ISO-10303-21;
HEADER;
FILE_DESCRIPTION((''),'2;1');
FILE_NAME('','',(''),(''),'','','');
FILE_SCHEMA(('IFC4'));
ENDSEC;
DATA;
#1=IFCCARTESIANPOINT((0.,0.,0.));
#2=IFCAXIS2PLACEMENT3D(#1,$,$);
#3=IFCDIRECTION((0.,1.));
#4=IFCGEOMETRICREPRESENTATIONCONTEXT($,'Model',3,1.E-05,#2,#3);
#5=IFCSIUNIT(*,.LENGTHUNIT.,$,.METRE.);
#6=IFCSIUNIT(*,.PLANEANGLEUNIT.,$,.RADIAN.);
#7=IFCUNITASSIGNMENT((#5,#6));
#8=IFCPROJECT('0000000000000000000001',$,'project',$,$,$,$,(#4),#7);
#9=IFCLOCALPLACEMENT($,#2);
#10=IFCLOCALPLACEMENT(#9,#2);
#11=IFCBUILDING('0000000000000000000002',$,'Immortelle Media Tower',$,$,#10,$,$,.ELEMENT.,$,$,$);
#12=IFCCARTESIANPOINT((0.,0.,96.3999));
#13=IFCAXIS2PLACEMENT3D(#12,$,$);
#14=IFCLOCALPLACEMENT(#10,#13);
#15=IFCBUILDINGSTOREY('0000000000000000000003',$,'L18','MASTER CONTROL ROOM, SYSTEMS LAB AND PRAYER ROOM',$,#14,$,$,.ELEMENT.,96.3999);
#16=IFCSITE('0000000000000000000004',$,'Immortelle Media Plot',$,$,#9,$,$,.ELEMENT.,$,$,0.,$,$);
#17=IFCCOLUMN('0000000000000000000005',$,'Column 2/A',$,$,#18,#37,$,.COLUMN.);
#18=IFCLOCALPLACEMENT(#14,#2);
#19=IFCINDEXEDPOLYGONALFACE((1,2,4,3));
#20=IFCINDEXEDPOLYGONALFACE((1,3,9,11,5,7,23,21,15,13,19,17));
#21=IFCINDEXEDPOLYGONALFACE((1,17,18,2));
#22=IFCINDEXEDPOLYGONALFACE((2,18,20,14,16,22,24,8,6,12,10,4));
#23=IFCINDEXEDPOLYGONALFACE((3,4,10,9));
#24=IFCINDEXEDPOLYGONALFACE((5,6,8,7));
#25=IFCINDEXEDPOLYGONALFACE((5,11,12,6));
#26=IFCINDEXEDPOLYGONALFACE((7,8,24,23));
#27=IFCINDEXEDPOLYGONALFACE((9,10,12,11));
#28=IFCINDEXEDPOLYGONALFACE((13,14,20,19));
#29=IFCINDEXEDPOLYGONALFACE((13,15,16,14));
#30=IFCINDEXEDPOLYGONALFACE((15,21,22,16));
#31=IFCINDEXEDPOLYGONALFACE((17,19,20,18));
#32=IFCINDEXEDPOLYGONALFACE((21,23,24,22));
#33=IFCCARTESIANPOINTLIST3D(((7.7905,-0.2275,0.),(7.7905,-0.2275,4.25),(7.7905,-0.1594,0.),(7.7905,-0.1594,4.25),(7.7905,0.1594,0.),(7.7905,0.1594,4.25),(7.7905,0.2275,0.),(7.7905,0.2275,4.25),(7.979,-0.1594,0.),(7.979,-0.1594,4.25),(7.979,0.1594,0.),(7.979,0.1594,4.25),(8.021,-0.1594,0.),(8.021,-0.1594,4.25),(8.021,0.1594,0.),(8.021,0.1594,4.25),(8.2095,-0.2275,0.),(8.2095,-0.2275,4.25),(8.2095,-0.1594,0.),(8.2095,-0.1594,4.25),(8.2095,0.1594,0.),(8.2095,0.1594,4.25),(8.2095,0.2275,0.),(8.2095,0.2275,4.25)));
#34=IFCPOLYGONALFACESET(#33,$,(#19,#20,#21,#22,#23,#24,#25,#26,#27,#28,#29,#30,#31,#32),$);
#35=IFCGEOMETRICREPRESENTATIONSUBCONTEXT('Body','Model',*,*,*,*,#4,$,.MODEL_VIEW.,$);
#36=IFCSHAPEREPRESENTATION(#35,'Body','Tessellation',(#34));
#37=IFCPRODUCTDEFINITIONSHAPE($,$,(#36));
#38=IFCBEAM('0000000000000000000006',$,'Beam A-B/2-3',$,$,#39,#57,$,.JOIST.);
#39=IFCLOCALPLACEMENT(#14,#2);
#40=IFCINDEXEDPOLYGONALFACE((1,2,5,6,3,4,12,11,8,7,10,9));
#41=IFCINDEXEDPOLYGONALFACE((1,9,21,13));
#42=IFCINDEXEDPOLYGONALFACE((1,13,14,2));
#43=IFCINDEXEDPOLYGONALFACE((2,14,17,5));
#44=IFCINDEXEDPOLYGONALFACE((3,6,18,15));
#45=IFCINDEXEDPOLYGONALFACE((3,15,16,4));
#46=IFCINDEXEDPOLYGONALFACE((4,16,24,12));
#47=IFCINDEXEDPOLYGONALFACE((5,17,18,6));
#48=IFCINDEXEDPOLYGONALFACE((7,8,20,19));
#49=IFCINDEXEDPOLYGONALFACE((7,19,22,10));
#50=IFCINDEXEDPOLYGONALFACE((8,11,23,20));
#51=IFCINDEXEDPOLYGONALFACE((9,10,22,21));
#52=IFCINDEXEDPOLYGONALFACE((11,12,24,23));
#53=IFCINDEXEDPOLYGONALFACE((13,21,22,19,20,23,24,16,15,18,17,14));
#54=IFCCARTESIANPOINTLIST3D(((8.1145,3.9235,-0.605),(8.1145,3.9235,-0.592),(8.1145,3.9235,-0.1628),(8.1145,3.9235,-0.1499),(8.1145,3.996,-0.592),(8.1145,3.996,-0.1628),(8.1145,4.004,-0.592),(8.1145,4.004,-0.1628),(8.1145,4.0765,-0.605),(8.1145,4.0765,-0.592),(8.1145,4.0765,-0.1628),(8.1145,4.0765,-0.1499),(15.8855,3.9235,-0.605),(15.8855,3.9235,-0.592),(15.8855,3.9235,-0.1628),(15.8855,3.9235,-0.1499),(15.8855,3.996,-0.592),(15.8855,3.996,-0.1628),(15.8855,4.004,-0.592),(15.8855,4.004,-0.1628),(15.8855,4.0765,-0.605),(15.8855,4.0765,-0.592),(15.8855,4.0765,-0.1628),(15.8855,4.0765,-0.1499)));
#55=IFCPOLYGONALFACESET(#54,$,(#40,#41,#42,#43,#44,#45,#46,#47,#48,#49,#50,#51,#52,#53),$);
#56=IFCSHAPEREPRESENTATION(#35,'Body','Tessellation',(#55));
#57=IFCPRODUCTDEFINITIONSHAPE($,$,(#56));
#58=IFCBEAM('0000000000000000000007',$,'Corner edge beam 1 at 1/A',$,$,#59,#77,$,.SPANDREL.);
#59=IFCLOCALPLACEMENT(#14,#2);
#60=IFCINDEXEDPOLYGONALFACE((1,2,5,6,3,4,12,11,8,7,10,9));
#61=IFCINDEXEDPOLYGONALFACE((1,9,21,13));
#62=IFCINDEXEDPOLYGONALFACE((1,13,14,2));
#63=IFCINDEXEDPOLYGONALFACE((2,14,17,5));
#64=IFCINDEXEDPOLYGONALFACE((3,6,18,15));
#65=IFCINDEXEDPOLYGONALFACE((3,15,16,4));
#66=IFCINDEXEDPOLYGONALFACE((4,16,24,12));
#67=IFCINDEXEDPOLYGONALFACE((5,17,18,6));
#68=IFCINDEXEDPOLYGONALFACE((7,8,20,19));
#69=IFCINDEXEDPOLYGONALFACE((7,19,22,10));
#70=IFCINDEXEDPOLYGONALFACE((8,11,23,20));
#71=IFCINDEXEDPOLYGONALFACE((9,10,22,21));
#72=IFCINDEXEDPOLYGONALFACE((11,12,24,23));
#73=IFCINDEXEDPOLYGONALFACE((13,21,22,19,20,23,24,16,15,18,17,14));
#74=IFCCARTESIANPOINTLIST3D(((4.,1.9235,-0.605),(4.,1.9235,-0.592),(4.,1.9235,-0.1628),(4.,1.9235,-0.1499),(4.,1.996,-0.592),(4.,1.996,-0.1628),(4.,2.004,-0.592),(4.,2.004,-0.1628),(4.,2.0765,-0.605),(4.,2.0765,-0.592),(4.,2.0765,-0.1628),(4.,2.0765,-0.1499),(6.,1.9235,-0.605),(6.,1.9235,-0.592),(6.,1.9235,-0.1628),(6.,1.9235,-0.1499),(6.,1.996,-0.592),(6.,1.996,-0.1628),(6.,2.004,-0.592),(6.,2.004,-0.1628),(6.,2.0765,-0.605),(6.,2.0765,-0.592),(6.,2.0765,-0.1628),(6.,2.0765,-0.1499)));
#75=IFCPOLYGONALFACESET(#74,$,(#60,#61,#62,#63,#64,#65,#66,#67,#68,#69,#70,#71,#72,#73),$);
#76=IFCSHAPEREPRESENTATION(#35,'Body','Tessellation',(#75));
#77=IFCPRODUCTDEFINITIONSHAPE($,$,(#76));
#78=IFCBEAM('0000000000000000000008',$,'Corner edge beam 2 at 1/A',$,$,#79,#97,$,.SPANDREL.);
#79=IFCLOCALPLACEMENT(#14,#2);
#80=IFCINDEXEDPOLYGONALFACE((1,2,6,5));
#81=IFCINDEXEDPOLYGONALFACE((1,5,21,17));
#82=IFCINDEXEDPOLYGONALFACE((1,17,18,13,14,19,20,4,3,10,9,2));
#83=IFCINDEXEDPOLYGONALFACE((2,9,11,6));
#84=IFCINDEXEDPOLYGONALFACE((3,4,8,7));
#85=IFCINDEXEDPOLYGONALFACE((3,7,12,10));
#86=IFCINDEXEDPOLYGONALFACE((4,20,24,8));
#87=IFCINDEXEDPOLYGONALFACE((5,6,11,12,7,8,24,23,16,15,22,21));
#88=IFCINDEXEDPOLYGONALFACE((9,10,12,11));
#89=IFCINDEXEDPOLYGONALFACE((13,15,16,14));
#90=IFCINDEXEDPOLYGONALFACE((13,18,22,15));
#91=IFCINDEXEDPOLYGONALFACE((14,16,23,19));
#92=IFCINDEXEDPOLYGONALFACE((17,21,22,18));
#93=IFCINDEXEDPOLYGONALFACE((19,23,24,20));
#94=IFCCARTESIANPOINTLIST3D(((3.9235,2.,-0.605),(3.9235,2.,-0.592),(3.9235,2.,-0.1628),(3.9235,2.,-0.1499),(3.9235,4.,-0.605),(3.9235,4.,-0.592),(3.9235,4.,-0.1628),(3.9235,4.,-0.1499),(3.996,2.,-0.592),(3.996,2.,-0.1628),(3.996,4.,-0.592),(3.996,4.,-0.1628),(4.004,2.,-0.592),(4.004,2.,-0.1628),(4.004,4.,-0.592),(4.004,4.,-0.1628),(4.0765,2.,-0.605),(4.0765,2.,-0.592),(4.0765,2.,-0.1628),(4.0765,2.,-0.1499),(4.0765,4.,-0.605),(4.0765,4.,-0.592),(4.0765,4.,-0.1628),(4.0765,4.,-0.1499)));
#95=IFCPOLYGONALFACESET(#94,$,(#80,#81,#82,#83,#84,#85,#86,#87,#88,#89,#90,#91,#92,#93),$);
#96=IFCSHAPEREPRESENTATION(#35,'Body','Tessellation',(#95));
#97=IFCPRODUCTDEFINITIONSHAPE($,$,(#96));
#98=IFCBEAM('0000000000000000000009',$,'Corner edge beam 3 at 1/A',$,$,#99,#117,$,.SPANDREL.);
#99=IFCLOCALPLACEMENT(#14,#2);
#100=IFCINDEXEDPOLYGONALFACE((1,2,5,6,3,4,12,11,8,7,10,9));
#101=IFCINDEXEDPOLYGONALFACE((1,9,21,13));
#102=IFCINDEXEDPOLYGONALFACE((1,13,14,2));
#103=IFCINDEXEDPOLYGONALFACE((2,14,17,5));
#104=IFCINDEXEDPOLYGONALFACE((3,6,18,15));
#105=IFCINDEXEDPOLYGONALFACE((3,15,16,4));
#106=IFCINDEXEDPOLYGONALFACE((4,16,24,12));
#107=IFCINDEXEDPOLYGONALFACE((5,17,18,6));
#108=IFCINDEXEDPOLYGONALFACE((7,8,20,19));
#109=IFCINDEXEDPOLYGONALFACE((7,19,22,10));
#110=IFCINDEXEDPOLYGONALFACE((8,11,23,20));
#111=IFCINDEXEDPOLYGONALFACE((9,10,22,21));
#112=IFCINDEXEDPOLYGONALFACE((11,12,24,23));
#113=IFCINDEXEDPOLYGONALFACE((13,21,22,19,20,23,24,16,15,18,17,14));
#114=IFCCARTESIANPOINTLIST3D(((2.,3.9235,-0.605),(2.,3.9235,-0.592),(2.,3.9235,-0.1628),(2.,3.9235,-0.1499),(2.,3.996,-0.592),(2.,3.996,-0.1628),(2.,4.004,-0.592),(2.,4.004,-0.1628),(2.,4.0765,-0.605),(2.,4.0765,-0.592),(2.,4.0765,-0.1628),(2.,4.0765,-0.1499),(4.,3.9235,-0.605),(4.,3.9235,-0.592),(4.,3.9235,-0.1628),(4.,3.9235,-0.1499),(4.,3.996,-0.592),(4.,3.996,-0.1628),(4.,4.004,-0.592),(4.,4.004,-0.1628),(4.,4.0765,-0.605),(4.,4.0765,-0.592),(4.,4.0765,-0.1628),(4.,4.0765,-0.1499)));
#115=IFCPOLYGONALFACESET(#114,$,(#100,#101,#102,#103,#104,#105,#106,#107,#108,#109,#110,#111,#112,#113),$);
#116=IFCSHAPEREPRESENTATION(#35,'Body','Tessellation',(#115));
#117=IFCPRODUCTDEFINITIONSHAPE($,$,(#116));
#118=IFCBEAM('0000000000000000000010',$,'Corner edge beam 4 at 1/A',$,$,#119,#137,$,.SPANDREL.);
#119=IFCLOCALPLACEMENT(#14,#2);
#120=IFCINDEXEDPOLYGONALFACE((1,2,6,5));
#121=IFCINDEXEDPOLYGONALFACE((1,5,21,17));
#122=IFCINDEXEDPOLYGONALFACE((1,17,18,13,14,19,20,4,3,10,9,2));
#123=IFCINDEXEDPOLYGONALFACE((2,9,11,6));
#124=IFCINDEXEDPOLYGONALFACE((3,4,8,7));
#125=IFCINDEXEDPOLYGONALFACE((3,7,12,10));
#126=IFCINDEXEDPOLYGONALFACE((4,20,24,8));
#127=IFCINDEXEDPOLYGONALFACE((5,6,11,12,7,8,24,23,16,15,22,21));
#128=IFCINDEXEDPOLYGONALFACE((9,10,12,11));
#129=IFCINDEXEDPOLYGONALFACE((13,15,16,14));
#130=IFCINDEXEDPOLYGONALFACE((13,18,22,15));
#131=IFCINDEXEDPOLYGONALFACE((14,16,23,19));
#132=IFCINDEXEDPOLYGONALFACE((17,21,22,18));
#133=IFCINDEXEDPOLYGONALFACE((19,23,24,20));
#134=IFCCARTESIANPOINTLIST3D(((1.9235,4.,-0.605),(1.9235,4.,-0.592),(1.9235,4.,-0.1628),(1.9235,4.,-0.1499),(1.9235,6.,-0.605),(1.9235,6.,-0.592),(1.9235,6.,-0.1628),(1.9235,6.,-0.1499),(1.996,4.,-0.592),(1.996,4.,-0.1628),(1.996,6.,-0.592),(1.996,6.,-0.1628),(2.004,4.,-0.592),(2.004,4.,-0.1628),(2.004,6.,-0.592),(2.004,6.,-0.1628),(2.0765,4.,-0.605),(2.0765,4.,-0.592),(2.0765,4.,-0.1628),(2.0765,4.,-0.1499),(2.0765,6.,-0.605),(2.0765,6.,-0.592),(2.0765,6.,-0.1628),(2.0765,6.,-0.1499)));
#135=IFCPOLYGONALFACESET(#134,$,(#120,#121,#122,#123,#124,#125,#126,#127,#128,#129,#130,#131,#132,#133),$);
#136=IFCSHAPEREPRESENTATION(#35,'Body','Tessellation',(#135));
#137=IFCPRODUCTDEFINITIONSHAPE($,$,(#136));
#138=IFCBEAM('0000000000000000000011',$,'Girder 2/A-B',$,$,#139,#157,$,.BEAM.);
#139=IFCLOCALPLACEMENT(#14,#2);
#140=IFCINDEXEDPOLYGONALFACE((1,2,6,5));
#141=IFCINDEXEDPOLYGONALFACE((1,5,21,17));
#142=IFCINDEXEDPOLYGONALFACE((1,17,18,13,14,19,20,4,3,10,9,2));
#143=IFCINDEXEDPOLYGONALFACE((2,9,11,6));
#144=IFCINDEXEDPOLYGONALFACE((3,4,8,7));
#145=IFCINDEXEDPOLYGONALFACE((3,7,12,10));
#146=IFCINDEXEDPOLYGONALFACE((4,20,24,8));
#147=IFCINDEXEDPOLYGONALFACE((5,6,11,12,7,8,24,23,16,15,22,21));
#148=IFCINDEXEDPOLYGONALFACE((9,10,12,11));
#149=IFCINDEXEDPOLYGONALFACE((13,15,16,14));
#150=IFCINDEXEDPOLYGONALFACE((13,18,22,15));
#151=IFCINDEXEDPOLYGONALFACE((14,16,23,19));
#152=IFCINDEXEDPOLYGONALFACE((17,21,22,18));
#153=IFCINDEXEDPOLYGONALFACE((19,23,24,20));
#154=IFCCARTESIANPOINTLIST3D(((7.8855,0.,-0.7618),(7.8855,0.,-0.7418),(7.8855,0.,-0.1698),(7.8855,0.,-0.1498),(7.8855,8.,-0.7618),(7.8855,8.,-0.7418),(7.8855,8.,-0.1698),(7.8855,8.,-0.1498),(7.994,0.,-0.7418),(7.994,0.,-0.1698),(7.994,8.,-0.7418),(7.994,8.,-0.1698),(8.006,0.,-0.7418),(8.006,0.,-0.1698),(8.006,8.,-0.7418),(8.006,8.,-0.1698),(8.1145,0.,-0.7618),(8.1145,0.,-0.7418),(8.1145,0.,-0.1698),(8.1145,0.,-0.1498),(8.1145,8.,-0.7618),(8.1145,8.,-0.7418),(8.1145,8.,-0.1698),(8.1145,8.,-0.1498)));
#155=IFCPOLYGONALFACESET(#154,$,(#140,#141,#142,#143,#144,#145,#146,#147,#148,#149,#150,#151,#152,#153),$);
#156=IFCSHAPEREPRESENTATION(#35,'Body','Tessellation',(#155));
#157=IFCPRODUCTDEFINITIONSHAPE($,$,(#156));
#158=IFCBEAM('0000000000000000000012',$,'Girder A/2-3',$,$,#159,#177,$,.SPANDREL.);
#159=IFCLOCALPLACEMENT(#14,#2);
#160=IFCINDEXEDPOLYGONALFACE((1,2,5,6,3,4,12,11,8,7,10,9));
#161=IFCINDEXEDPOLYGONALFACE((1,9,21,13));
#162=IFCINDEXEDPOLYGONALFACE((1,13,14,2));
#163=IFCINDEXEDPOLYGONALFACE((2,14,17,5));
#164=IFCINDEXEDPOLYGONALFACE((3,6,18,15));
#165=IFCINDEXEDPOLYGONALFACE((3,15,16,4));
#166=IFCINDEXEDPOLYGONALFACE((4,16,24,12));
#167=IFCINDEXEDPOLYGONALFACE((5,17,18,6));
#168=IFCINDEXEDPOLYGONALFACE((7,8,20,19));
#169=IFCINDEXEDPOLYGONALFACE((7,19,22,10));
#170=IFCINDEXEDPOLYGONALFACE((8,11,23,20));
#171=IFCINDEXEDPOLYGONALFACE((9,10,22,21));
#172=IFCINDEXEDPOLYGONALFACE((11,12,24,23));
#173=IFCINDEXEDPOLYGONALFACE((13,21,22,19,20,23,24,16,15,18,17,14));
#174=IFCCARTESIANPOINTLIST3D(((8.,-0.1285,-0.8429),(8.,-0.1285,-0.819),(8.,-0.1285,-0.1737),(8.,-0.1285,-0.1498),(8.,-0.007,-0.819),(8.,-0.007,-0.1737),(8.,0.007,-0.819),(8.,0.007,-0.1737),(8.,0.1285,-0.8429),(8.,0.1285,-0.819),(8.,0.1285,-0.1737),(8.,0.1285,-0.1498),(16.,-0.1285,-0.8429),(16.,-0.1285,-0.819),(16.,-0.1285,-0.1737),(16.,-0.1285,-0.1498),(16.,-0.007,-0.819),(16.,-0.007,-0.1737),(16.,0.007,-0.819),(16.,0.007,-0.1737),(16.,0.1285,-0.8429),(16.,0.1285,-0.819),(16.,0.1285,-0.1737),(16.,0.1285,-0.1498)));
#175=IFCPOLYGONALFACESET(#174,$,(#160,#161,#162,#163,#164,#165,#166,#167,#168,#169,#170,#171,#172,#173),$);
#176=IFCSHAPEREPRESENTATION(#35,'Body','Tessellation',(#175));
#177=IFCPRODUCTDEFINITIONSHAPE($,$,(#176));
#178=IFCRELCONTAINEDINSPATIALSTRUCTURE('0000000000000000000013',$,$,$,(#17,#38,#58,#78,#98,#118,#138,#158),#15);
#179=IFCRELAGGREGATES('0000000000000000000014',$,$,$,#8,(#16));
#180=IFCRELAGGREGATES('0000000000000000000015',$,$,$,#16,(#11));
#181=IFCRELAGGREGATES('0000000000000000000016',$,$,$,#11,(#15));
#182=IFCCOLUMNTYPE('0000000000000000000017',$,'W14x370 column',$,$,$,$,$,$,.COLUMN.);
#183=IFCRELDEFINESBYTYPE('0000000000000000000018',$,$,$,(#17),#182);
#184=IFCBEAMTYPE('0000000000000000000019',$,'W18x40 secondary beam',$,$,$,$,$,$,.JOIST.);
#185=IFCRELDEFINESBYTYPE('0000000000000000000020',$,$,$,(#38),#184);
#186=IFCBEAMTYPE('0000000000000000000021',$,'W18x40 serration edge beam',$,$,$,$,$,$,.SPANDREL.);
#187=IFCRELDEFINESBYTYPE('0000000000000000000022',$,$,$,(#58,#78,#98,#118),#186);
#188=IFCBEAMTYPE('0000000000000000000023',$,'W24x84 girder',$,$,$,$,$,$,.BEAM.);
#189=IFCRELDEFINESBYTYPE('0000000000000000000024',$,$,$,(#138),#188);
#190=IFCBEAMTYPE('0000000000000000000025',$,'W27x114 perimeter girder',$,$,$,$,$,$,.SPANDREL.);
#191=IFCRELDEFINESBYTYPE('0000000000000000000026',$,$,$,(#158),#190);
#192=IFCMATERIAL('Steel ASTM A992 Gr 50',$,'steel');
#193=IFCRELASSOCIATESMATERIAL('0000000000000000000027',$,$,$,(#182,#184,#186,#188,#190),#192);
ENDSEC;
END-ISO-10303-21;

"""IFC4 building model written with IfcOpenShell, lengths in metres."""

from ifc_helpers import new_model, si_unit, direction, frame, origin, origin_2d, place, context, subcontext, project, spatial, i_section, extrude, material, material_profile, profile_set, type_object, element, save


model = new_model("IFC4")

# Units and contexts
model_context = context("Model", 3, precision=1e-05, world=origin(), true_north=direction((0.0, 1.0)))
body_context = subcontext(model_context, "Body", "Model", "MODEL_VIEW")
ifc_project = project(units=[si_unit("LENGTHUNIT", "METRE"), si_unit("PLANEANGLEUNIT", "RADIAN")], contexts=[model_context])

# Site, building, storey
site_placement = place(None, origin())
site = spatial("IfcSite", under=ifc_project, at=site_placement, Name="Immortelle Media Plot", CompositionType="ELEMENT", RefElevation=0.0)
building_placement = place(site_placement, origin())
building = spatial("IfcBuilding", under=site, at=building_placement, Name="Immortelle Media Tower", CompositionType="ELEMENT")
storey_placement = place(building_placement, frame((0.0, 0.0, 96.3999)))
storey = spatial("IfcBuildingStorey", under=building, at=storey_placement, Name="L18", Description="MASTER CONTROL ROOM, SYSTEMS LAB AND PRAYER ROOM", CompositionType="ELEMENT", Elevation=96.3999)

# Column
ifc_material_1 = material(Name="Steel ASTM A992 Gr 50", Category="steel")
ifc_material_profile_1 = material_profile(ifc_material_1, i_section(OverallWidth=0.4189, OverallDepth=0.4551, WebThickness=0.042, FlangeThickness=0.0681, at=origin_2d()), Name="W14x370")
ifc_profile_set_1 = profile_set([ifc_material_profile_1], Name="Steel ASTM A992 Gr 50")
column_type = type_object("IfcColumnType", Name="W14x370 column", PredefinedType="COLUMN", material=ifc_profile_set_1)
column_placement = place(storey_placement, frame((8.0, 0.0, 0.0), z_axis=(0.0, 0.0, 1.0), x_axis=(1.0, 0.0, 0.0)))
element("IfcColumn", 1, at=column_placement, inside=storey, type_object=column_type, Name="Column 2/A", PredefinedType="COLUMN", context=body_context, shape_type="SweptSolid", body=[
    extrude(i_section(OverallWidth=0.4189, OverallDepth=0.4551, WebThickness=0.042, FlangeThickness=0.0681, at=origin_2d()), origin(), (0.0, 0.0, 1.0), 4.25),
])

# Beams
ifc_material_profile_2 = material_profile(ifc_material_1, i_section(OverallWidth=0.1531, OverallDepth=0.4551, WebThickness=0.0081, FlangeThickness=0.0129, at=origin_2d()), Name="W18x40")
ifc_profile_set_2 = profile_set([ifc_material_profile_2], Name="Steel ASTM A992 Gr 50")
beam_type_1 = type_object("IfcBeamType", Name="W18x40 secondary beam", PredefinedType="JOIST", material=ifc_profile_set_2)
beam_1_placement = place(storey_placement, frame((8.1145, 4.0, -0.3774), z_axis=(1.0, 0.0, 0.0), x_axis=(0.0, 1.0, 0.0)))
element("IfcBeam", 2, at=beam_1_placement, inside=storey, type_object=beam_type_1, Name="Beam A-B/2-3", PredefinedType="JOIST", context=body_context, shape_type="SweptSolid", body=[
    extrude(i_section(OverallWidth=0.1531, OverallDepth=0.4551, WebThickness=0.0081, FlangeThickness=0.0129, at=origin_2d()), origin(), (0.0, 0.0, 1.0), 7.771),
])
ifc_material_profile_3 = material_profile(ifc_material_1, i_section(OverallWidth=0.1531, OverallDepth=0.4551, WebThickness=0.0081, FlangeThickness=0.0129, at=origin_2d()), Name="W18x40")
ifc_profile_set_3 = profile_set([ifc_material_profile_3], Name="Steel ASTM A992 Gr 50")
beam_type_2 = type_object("IfcBeamType", Name="W18x40 serration edge beam", PredefinedType="SPANDREL", material=ifc_profile_set_3)
for number, where, z_axis, x_axis, name in (
    (3, (6.0, 2.0, -0.3774), (-1.0, 0.0, 0.0), (0.0, -1.0, 0.0), "Corner edge beam 1 at 1/A"),
    (4, (4.0, 2.0, -0.3774), (0.0, 1.0, 0.0), (-1.0, 0.0, 0.0), "Corner edge beam 2 at 1/A"),
    (5, (4.0, 4.0, -0.3774), (-1.0, 0.0, 0.0), (0.0, -1.0, 0.0), "Corner edge beam 3 at 1/A"),
    (6, (2.0, 4.0, -0.3774), (0.0, 1.0, 0.0), (-1.0, 0.0, 0.0), "Corner edge beam 4 at 1/A"),
):
    element("IfcBeam", number, at=place(storey_placement, frame(where, z_axis=z_axis, x_axis=x_axis)), inside=storey, type_object=beam_type_2, Name=name, PredefinedType="SPANDREL", context=body_context, shape_type="SweptSolid", body=[
        extrude(i_section(OverallWidth=0.1531, OverallDepth=0.4551, WebThickness=0.0081, FlangeThickness=0.0129, at=origin_2d()), origin(), (0.0, 0.0, 1.0), 2.0),
    ])
ifc_material_profile_4 = material_profile(ifc_material_1, i_section(OverallWidth=0.229, OverallDepth=0.6121, WebThickness=0.012, FlangeThickness=0.02, at=origin_2d()), Name="W24x84")
ifc_profile_set_4 = profile_set([ifc_material_profile_4], Name="Steel ASTM A992 Gr 50")
beam_type_3 = type_object("IfcBeamType", Name="W24x84 girder", PredefinedType="BEAM", material=ifc_profile_set_4)
beam_2_placement = place(storey_placement, frame((8.0, 0.0, -0.4558), z_axis=(0.0, 1.0, 0.0), x_axis=(-1.0, 0.0, 0.0)))
element("IfcBeam", 7, at=beam_2_placement, inside=storey, type_object=beam_type_3, Name="Girder 2/A-B", PredefinedType="BEAM", context=body_context, shape_type="SweptSolid", body=[
    extrude(i_section(OverallWidth=0.229, OverallDepth=0.6121, WebThickness=0.012, FlangeThickness=0.02, at=origin_2d()), origin(), (0.0, 0.0, 1.0), 8.0),
])
ifc_material_profile_5 = material_profile(ifc_material_1, i_section(OverallWidth=0.2571, OverallDepth=0.6931, WebThickness=0.0139, FlangeThickness=0.0239, at=origin_2d()), Name="W27x114")
ifc_profile_set_5 = profile_set([ifc_material_profile_5], Name="Steel ASTM A992 Gr 50")
beam_type_4 = type_object("IfcBeamType", Name="W27x114 perimeter girder", PredefinedType="SPANDREL", material=ifc_profile_set_5)
beam_3_placement = place(storey_placement, frame((8.0, 0.0, -0.4963), z_axis=(1.0, 0.0, 0.0), x_axis=(0.0, 1.0, 0.0)))
element("IfcBeam", 8, at=beam_3_placement, inside=storey, type_object=beam_type_4, Name="Girder A/2-3", PredefinedType="SPANDREL", context=body_context, shape_type="SweptSolid", body=[
    extrude(i_section(OverallWidth=0.2571, OverallDepth=0.6931, WebThickness=0.0139, FlangeThickness=0.0239, at=origin_2d()), origin(), (0.0, 0.0, 1.0), 8.0),
])

save(model, "model.ifc")
